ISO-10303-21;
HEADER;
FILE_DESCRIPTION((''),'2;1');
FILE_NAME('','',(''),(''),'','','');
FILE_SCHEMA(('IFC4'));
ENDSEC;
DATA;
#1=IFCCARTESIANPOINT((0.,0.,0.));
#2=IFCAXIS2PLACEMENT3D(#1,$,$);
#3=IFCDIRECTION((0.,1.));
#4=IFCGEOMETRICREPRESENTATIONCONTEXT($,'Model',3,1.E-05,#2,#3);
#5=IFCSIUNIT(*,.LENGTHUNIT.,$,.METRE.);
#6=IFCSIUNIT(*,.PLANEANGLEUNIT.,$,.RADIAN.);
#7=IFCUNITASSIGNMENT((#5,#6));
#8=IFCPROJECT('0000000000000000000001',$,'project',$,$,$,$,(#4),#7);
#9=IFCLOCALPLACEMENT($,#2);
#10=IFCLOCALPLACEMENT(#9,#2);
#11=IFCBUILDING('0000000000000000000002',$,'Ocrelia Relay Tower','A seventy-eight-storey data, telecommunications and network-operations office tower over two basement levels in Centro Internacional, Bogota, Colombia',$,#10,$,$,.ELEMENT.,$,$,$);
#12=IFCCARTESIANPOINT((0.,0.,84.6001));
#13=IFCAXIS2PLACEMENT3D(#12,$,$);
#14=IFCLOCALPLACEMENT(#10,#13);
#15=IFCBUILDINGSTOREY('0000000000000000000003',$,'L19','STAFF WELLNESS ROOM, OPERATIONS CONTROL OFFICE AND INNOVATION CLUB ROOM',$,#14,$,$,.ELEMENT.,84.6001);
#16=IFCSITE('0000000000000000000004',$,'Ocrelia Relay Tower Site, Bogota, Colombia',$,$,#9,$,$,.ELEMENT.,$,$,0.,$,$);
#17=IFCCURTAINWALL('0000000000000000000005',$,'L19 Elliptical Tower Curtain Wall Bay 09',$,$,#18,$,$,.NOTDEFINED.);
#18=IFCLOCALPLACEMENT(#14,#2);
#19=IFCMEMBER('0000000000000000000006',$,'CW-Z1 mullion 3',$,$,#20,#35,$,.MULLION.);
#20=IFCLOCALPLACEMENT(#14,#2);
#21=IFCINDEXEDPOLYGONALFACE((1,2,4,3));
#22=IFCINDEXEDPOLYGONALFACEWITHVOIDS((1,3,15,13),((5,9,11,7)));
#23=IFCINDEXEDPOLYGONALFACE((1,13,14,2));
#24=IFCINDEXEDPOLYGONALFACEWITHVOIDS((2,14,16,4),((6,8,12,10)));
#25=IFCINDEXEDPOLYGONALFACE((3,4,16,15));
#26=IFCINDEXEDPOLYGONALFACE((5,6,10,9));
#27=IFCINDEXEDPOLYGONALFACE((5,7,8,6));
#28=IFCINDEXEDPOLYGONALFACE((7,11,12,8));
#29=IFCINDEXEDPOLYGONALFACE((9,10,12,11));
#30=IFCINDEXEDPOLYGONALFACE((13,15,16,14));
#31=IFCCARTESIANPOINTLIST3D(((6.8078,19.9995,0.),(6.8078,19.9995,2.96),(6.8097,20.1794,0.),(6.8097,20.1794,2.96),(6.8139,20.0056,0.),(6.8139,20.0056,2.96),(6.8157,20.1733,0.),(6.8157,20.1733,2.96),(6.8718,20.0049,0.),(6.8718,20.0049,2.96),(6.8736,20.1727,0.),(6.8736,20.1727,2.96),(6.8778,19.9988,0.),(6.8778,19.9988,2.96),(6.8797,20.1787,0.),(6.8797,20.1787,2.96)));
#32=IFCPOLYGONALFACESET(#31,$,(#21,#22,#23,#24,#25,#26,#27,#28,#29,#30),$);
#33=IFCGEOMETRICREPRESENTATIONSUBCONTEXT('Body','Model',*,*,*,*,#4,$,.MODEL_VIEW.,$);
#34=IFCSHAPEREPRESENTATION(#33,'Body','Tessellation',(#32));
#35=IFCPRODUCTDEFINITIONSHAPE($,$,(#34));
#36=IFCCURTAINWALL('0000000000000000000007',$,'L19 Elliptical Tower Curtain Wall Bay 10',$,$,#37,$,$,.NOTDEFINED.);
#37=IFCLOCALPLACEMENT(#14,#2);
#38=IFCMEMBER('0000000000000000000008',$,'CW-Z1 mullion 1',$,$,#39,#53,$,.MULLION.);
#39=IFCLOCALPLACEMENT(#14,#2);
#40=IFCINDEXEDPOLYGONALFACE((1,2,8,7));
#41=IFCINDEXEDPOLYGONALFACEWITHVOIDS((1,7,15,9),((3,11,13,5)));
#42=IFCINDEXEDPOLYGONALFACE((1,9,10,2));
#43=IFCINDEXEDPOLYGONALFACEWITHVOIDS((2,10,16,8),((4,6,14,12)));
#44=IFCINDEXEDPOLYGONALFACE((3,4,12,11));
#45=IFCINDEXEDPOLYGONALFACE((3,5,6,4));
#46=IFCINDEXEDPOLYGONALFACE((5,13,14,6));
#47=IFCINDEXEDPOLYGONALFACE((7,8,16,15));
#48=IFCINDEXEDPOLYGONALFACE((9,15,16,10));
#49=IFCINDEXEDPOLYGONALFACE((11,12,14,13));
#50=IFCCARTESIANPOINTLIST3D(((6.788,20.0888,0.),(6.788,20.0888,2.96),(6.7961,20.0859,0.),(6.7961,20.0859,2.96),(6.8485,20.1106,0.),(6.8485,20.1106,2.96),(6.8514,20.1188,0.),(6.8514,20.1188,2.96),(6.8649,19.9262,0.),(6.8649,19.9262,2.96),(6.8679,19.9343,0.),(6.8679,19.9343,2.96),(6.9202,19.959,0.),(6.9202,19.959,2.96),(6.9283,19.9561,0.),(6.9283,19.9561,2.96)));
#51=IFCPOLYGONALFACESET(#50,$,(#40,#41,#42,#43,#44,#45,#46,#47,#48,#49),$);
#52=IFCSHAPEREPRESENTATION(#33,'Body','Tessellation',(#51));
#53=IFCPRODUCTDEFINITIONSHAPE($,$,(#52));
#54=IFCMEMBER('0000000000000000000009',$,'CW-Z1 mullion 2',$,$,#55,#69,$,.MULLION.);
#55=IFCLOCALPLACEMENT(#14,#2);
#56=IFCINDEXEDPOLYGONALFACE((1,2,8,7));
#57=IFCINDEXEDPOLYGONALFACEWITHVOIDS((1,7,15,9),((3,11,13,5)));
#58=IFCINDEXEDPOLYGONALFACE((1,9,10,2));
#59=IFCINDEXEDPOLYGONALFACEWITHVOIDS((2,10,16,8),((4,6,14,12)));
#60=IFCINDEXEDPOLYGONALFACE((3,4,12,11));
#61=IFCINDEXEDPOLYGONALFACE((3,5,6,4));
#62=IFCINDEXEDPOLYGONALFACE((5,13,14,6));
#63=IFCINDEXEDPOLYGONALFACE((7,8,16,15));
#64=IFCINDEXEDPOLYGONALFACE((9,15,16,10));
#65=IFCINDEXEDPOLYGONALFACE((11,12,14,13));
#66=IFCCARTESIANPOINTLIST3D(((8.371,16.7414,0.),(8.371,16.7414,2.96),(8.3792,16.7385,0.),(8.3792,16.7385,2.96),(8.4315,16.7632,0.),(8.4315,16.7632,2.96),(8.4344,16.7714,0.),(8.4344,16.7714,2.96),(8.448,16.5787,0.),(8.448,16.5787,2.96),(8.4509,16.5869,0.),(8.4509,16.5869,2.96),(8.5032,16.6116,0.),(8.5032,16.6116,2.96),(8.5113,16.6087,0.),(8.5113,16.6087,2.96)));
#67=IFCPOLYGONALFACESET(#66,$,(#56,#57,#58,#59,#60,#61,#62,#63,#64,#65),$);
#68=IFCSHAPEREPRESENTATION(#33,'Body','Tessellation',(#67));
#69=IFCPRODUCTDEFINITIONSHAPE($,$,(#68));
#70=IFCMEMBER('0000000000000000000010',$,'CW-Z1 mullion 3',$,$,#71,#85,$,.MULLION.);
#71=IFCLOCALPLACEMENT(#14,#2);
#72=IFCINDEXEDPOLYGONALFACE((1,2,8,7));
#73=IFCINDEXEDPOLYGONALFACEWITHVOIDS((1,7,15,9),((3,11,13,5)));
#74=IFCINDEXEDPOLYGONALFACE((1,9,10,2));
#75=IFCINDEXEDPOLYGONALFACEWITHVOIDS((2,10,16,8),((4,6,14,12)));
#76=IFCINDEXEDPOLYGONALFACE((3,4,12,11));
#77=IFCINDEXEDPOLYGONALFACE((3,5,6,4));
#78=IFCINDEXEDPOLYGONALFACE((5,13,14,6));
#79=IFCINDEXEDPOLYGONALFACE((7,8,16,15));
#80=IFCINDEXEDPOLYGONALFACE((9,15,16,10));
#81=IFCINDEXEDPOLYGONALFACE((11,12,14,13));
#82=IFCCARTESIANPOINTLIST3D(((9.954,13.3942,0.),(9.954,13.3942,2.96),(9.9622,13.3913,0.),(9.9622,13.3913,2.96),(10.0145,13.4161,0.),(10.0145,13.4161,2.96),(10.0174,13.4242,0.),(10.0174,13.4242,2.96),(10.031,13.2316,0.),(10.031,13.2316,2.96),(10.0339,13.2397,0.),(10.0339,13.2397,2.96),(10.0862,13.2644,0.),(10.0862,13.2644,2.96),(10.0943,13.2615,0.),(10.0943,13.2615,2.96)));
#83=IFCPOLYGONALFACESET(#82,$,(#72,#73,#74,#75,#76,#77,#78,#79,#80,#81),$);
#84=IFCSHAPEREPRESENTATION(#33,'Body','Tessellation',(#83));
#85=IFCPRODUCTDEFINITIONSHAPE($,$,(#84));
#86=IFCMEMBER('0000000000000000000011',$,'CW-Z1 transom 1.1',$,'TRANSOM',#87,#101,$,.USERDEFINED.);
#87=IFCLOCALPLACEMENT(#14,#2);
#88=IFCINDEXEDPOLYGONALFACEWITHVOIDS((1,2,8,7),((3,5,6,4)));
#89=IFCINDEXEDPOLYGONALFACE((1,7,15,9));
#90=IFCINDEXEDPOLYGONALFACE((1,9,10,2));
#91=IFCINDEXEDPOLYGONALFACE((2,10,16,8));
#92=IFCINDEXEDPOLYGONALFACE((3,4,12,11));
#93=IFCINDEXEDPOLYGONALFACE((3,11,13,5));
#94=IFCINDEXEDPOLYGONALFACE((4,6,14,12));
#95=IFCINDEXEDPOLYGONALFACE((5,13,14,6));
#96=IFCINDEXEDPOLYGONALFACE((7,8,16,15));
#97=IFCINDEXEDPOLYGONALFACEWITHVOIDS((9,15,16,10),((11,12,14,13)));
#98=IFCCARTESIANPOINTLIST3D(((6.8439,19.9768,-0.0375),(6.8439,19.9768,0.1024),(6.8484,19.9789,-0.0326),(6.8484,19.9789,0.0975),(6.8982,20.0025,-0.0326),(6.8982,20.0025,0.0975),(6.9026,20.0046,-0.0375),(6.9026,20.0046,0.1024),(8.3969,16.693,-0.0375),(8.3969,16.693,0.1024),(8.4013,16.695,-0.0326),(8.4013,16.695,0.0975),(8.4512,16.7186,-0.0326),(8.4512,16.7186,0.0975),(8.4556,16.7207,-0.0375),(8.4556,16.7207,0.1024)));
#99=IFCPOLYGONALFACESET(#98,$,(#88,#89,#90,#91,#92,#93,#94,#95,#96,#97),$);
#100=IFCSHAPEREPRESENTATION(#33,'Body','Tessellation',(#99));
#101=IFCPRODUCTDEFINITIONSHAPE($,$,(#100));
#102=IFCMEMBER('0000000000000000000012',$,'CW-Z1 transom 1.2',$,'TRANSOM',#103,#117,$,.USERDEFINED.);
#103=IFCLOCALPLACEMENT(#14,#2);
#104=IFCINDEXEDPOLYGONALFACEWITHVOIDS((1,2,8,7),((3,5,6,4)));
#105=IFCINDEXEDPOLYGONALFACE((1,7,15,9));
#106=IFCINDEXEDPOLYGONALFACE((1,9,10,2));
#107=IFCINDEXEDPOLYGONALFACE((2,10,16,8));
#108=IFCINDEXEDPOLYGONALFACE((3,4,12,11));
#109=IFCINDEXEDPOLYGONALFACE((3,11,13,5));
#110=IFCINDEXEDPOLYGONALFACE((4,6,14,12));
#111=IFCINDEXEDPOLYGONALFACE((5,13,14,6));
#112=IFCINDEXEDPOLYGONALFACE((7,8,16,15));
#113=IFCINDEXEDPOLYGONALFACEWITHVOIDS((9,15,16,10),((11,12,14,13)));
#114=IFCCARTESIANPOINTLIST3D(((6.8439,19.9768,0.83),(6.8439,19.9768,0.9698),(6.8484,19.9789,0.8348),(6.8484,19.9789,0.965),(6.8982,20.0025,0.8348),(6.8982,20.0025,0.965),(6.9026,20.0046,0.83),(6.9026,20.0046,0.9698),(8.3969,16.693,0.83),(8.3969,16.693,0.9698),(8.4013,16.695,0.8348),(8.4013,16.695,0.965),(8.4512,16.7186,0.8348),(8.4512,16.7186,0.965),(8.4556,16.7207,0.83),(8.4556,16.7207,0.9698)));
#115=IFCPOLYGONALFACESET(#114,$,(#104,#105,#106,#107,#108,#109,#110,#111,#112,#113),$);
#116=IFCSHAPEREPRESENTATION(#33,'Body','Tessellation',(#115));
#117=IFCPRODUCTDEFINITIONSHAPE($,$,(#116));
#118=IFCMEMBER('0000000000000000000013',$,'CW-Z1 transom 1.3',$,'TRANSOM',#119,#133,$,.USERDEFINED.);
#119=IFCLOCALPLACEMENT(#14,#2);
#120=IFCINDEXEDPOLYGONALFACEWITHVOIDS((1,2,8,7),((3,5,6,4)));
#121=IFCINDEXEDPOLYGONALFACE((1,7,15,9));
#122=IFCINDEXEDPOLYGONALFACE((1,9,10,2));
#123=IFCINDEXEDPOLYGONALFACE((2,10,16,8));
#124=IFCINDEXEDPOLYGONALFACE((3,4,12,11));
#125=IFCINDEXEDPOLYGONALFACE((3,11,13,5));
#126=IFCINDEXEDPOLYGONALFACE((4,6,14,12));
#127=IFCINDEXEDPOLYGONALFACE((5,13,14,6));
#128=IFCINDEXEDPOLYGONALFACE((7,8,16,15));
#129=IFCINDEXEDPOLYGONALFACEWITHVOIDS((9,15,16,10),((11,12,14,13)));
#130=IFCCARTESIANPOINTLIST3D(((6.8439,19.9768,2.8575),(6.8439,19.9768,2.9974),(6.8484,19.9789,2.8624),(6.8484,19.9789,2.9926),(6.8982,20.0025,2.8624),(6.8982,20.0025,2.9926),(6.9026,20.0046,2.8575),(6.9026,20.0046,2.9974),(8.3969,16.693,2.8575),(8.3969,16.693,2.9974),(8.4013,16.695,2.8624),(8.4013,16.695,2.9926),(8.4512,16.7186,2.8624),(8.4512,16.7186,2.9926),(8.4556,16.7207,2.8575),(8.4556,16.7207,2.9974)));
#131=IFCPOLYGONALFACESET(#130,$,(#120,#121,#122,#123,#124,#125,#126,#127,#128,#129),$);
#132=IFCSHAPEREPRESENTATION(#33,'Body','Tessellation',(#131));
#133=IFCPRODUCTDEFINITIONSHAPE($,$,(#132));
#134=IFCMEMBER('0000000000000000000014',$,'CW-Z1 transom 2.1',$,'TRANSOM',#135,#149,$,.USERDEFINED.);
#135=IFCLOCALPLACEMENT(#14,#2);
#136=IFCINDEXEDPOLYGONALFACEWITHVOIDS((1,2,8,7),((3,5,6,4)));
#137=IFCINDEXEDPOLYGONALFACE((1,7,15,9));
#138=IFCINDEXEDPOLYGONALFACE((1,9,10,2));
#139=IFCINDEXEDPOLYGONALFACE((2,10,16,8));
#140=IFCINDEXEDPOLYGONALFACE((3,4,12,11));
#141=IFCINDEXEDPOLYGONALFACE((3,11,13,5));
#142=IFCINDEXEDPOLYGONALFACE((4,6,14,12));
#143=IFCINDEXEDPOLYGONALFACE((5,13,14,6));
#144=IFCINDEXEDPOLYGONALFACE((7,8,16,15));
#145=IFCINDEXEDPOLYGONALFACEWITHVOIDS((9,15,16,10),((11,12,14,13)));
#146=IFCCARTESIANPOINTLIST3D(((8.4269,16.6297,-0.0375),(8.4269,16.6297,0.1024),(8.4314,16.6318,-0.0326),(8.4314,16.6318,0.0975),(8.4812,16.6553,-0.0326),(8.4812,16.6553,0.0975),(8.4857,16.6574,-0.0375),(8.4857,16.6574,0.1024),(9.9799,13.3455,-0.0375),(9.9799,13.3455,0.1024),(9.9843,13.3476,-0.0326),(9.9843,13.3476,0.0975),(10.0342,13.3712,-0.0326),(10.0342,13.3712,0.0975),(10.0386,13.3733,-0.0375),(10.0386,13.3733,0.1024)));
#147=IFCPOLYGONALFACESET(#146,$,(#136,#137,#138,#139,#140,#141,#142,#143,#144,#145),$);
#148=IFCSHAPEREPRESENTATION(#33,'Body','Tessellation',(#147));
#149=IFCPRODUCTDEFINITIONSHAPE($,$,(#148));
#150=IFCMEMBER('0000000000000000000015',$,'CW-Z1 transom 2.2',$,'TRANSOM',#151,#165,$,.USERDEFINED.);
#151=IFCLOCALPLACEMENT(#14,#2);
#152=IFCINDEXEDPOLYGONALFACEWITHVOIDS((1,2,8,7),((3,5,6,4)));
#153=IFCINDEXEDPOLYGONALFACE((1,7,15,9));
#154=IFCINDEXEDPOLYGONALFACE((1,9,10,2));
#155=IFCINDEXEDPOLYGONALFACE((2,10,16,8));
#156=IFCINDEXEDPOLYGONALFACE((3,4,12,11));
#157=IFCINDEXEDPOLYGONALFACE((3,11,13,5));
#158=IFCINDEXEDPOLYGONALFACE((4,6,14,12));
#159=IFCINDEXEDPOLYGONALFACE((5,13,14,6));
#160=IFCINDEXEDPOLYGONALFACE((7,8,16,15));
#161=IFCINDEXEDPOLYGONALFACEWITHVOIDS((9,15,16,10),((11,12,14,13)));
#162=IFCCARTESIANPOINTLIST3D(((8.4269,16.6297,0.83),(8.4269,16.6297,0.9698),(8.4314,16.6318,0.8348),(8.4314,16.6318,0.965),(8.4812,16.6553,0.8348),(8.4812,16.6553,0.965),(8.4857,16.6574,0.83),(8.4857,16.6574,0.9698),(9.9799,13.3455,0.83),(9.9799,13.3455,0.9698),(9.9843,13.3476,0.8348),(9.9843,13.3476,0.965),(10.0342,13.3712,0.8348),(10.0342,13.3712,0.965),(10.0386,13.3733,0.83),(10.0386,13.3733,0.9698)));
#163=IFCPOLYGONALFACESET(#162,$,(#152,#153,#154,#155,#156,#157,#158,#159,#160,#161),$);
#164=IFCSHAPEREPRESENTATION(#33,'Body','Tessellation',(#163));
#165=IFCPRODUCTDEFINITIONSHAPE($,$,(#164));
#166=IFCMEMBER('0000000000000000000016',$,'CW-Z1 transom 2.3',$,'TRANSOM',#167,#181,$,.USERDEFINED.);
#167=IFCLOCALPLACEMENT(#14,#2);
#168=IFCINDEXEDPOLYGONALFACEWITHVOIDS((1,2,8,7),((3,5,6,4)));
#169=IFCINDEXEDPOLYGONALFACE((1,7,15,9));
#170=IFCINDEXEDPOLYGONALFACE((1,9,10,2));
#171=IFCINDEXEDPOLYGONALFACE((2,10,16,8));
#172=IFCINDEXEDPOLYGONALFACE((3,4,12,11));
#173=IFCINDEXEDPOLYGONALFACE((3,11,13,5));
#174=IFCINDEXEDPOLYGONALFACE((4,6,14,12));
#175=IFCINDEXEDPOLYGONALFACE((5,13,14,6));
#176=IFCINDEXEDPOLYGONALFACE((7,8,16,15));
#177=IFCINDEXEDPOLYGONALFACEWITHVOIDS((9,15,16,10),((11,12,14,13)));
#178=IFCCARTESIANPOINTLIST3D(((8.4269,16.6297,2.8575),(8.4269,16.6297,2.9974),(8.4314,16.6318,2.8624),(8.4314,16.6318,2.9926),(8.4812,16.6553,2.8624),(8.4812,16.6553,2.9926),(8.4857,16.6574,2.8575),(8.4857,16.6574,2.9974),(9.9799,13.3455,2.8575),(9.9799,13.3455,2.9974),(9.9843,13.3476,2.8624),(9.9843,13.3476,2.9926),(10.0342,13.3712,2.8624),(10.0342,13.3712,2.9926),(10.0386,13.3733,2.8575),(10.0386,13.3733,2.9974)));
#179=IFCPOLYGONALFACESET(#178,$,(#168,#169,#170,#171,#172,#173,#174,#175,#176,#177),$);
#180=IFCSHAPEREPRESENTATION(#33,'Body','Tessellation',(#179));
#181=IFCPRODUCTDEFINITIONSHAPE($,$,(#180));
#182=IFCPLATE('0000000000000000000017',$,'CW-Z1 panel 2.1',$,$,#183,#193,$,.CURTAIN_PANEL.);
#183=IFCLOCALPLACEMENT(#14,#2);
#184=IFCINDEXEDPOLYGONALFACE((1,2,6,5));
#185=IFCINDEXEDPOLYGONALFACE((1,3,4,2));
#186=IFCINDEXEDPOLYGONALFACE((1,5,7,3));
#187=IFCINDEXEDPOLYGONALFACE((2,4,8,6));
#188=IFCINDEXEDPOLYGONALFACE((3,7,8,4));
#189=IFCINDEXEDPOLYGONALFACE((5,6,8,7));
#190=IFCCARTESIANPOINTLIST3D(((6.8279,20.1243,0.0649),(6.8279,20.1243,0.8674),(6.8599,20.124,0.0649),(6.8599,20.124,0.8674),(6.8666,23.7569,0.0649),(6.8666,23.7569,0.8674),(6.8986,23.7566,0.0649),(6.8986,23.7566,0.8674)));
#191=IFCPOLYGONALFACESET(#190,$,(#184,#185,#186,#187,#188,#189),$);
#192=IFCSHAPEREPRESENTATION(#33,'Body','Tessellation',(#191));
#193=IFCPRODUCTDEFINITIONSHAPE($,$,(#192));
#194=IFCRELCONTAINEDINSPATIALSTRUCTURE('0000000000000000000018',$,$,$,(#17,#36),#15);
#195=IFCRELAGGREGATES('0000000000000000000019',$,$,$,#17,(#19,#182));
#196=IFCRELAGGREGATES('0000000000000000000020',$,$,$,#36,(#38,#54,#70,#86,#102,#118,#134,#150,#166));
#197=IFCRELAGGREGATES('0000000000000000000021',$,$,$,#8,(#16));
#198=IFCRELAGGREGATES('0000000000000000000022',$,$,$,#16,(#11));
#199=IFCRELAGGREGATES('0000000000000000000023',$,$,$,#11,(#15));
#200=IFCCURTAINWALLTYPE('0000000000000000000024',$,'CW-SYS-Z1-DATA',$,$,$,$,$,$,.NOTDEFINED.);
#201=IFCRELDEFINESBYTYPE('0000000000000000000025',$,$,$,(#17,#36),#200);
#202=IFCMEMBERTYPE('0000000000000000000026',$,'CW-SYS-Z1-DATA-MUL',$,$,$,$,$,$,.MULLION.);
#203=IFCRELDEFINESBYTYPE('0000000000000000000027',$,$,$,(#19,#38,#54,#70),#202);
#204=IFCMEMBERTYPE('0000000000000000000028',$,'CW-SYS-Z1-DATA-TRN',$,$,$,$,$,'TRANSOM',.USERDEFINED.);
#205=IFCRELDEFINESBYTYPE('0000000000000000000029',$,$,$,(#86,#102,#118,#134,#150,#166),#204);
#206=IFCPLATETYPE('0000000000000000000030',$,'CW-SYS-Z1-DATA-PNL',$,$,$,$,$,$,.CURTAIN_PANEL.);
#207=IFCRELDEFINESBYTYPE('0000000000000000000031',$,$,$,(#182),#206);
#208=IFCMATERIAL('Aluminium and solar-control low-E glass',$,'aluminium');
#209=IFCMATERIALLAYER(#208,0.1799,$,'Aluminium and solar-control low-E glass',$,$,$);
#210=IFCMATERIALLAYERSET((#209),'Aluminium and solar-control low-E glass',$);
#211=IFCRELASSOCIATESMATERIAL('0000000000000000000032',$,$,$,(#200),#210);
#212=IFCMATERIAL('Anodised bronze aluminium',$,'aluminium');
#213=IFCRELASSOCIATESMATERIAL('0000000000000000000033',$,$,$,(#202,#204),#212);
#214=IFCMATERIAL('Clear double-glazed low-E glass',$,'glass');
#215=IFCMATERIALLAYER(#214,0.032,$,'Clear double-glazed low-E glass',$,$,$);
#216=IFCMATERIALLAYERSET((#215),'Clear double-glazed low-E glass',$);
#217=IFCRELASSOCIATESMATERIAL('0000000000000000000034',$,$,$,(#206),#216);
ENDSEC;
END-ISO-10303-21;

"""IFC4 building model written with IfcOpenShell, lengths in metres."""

from ifc_helpers import new_model, si_unit, direction, frame, origin, origin_2d, place, context, subcontext, project, spatial, rectangle, hollow_rectangle, extrude, material, layer, layer_set, material_profile, profile_set, type_object, element, aggregate, save


model = new_model("IFC4")

# Units and contexts
model_context = context("Model", 3, precision=1e-05, world=origin(), true_north=direction((0.0, 1.0)))
body_context = subcontext(model_context, "Body", "Model", "MODEL_VIEW")
ifc_project = project(units=[si_unit("LENGTHUNIT", "METRE"), si_unit("PLANEANGLEUNIT", "RADIAN")], contexts=[model_context])

# Site, building, storey
site_placement = place(None, origin())
site = spatial("IfcSite", under=ifc_project, at=site_placement, Name="Ocrelia Relay Tower Site, Bogota, Colombia", CompositionType="ELEMENT", RefElevation=0.0)
building_placement = place(site_placement, origin())
building = spatial("IfcBuilding", under=site, at=building_placement, Name="Ocrelia Relay Tower", Description="A seventy-eight-storey data, telecommunications and network-operations office tower over two basement levels in Centro Internacional, Bogota, Colombia", CompositionType="ELEMENT")
storey_placement = place(building_placement, frame((0.0, 0.0, 84.6001)))
storey = spatial("IfcBuildingStorey", under=building, at=storey_placement, Name="L19", Description="STAFF WELLNESS ROOM, OPERATIONS CONTROL OFFICE AND INNOVATION CLUB ROOM", CompositionType="ELEMENT", Elevation=84.6001)

# Curtain wall, member
ifc_material_1 = material(Name="Aluminium and solar-control low-E glass", Category="aluminium")
ifc_layer_1 = layer(ifc_material_1, 0.1799, Name="Aluminium and solar-control low-E glass")
ifc_layer_set_1 = layer_set([ifc_layer_1], Name="Aluminium and solar-control low-E glass")
curtain_wall_type = type_object("IfcCurtainWallType", Name="CW-SYS-Z1-DATA", PredefinedType="NOTDEFINED", material=ifc_layer_set_1)
curtain_wall_1_placement = place(storey_placement, origin())
curtain_wall_1 = element("IfcCurtainWall", 1, at=curtain_wall_1_placement, inside=storey, type_object=curtain_wall_type, Name="L19 Elliptical Tower Curtain Wall Bay 09", PredefinedType="NOTDEFINED")
ifc_material_2 = material(Name="Anodised bronze aluminium", Category="aluminium")
ifc_material_profile_1 = material_profile(ifc_material_2, hollow_rectangle(XDim=0.0701, YDim=0.1799, WallThickness=0.0061, at=origin_2d()), Name="CW-MUL-180x70")
ifc_profile_set_1 = profile_set([ifc_material_profile_1], Name="Anodised bronze aluminium")
member_type_1 = type_object("IfcMemberType", Name="CW-SYS-Z1-DATA-MUL", PredefinedType="MULLION", material=ifc_profile_set_1)
member_1_placement = place(storey_placement, frame((6.8438, 20.0891, 0.0), z_axis=(0.0, 0.0, 1.0), x_axis=(0.999943, -0.010648, 0.0)))
member_1 = element("IfcMember", 2, at=member_1_placement, type_object=member_type_1, Name="CW-Z1 mullion 3", PredefinedType="MULLION", context=body_context, shape_type="SweptSolid", body=[
    extrude(hollow_rectangle(XDim=0.0701, YDim=0.1799, WallThickness=0.0061, at=origin_2d()), origin(), (0.0, 0.0, 1.0), 2.96),
])

# Curtain wall, members
curtain_wall_2_placement = place(storey_placement, origin())
curtain_wall_2 = element("IfcCurtainWall", 3, at=curtain_wall_2_placement, inside=storey, type_object=curtain_wall_type, Name="L19 Elliptical Tower Curtain Wall Bay 10", PredefinedType="NOTDEFINED")
member_2_placement = place(storey_placement, frame((6.8582, 20.0225, 0.0), z_axis=(0.0, 0.0, 1.0), x_axis=(0.904007, 0.427517, 0.0)))
member_2 = element("IfcMember", 4, at=member_2_placement, type_object=member_type_1, Name="CW-Z1 mullion 1", PredefinedType="MULLION", context=body_context, shape_type="SweptSolid", body=[
    extrude(hollow_rectangle(XDim=0.0701, YDim=0.1799, WallThickness=0.0061, at=origin_2d()), origin(), (0.0, 0.0, 1.0), 2.96),
])
member_3_placement = place(storey_placement, frame((8.4412, 16.675, 0.0), z_axis=(0.0, 0.0, 1.0), x_axis=(0.904007, 0.427517, 0.0)))
member_3 = element("IfcMember", 5, at=member_3_placement, type_object=member_type_1, Name="CW-Z1 mullion 2", PredefinedType="MULLION", context=body_context, shape_type="SweptSolid", body=[
    extrude(hollow_rectangle(XDim=0.0701, YDim=0.1799, WallThickness=0.0061, at=origin_2d()), origin(), (0.0, 0.0, 1.0), 2.96),
])
member_4_placement = place(storey_placement, frame((10.0242, 13.3279, 0.0), z_axis=(0.0, 0.0, 1.0), x_axis=(0.904007, 0.427517, 0.0)))
member_4 = element("IfcMember", 6, at=member_4_placement, type_object=member_type_1, Name="CW-Z1 mullion 3", PredefinedType="MULLION", context=body_context, shape_type="SweptSolid", body=[
    extrude(hollow_rectangle(XDim=0.0701, YDim=0.1799, WallThickness=0.0061, at=origin_2d()), origin(), (0.0, 0.0, 1.0), 2.96),
])
ifc_material_profile_2 = material_profile(ifc_material_2, hollow_rectangle(XDim=0.0649, YDim=0.1399, WallThickness=0.0049, at=origin_2d()), Name="CW-TRN-140x65")
ifc_profile_set_2 = profile_set([ifc_material_profile_2], Name="Anodised bronze aluminium")
member_type_2 = type_object("IfcMemberType", Name="CW-SYS-Z1-DATA-TRN", ElementType="TRANSOM", PredefinedType="USERDEFINED", material=ifc_profile_set_2)
member_5_placement = place(storey_placement, frame((6.8733, 19.9907, 0.0325), z_axis=(0.427508, -0.904011, 0.0), x_axis=(0.904011, 0.427508, 0.0)))
member_5 = element("IfcMember", 7, at=member_5_placement, type_object=member_type_2, Name="CW-Z1 transom 1.1", ObjectType="TRANSOM", PredefinedType="USERDEFINED", context=body_context, shape_type="SweptSolid", body=[
    extrude(hollow_rectangle(XDim=0.0649, YDim=0.1399, WallThickness=0.0049, at=origin_2d()), origin(), (0.0, 0.0, 1.0), 3.6326),
])
member_6_placement = place(storey_placement, frame((6.8733, 19.9907, 0.8999), z_axis=(0.427508, -0.904011, 0.0), x_axis=(0.904011, 0.427508, 0.0)))
member_6 = element("IfcMember", 8, at=member_6_placement, type_object=member_type_2, Name="CW-Z1 transom 1.2", ObjectType="TRANSOM", PredefinedType="USERDEFINED", context=body_context, shape_type="SweptSolid", body=[
    extrude(hollow_rectangle(XDim=0.0649, YDim=0.1399, WallThickness=0.0049, at=origin_2d()), origin(), (0.0, 0.0, 1.0), 3.6326),
])
member_7_placement = place(storey_placement, frame((6.8733, 19.9907, 2.9275), z_axis=(0.427508, -0.904011, 0.0), x_axis=(0.904011, 0.427508, 0.0)))
member_7 = element("IfcMember", 9, at=member_7_placement, type_object=member_type_2, Name="CW-Z1 transom 1.3", ObjectType="TRANSOM", PredefinedType="USERDEFINED", context=body_context, shape_type="SweptSolid", body=[
    extrude(hollow_rectangle(XDim=0.0649, YDim=0.1399, WallThickness=0.0049, at=origin_2d()), origin(), (0.0, 0.0, 1.0), 3.6326),
])
member_8_placement = place(storey_placement, frame((8.4563, 16.6436, 0.0325), z_axis=(0.427482, -0.904024, 0.0), x_axis=(0.904024, 0.427482, 0.0)))
member_8 = element("IfcMember", 10, at=member_8_placement, type_object=member_type_2, Name="CW-Z1 transom 2.1", ObjectType="TRANSOM", PredefinedType="USERDEFINED", context=body_context, shape_type="SweptSolid", body=[
    extrude(hollow_rectangle(XDim=0.0649, YDim=0.1399, WallThickness=0.0049, at=origin_2d()), origin(), (0.0, 0.0, 1.0), 3.6328),
])
member_9_placement = place(storey_placement, frame((8.4563, 16.6436, 0.8999), z_axis=(0.427482, -0.904024, 0.0), x_axis=(0.904024, 0.427482, 0.0)))
member_9 = element("IfcMember", 11, at=member_9_placement, type_object=member_type_2, Name="CW-Z1 transom 2.2", ObjectType="TRANSOM", PredefinedType="USERDEFINED", context=body_context, shape_type="SweptSolid", body=[
    extrude(hollow_rectangle(XDim=0.0649, YDim=0.1399, WallThickness=0.0049, at=origin_2d()), origin(), (0.0, 0.0, 1.0), 3.6328),
])
member_10_placement = place(storey_placement, frame((8.4563, 16.6436, 2.9275), z_axis=(0.427482, -0.904024, 0.0), x_axis=(0.904024, 0.427482, 0.0)))
member_10 = element("IfcMember", 12, at=member_10_placement, type_object=member_type_2, Name="CW-Z1 transom 2.3", ObjectType="TRANSOM", PredefinedType="USERDEFINED", context=body_context, shape_type="SweptSolid", body=[
    extrude(hollow_rectangle(XDim=0.0649, YDim=0.1399, WallThickness=0.0049, at=origin_2d()), origin(), (0.0, 0.0, 1.0), 3.6328),
])

# Plate
ifc_material_3 = material(Name="Clear double-glazed low-E glass", Category="glass")
ifc_layer_2 = layer(ifc_material_3, 0.032, Name="Clear double-glazed low-E glass")
ifc_layer_set_2 = layer_set([ifc_layer_2], Name="Clear double-glazed low-E glass")
plate_type = type_object("IfcPlateType", Name="CW-SYS-Z1-DATA-PNL", PredefinedType="CURTAIN_PANEL", material=ifc_layer_set_2)
plate_1_placement = place(storey_placement, frame((6.8633, 21.9404, 0.0649), z_axis=(0.0, 0.0, 1.0), x_axis=(-0.010648, -0.999943, 0.0)))
plate_1 = element("IfcPlate", 13, at=plate_1_placement, type_object=plate_type, Name="CW-Z1 panel 2.1", PredefinedType="CURTAIN_PANEL", context=body_context, shape_type="SweptSolid", body=[
    extrude(rectangle(XDim=3.6328, YDim=0.032, at=origin_2d()), origin(), (0.0, 0.0, 1.0), 0.8025),
])
aggregate(curtain_wall_1, [member_1, plate_1])
aggregate(curtain_wall_2, [member_2, member_3, member_4, member_5, member_6, member_7, member_8, member_9, member_10])

save(model, "model.ifc")
